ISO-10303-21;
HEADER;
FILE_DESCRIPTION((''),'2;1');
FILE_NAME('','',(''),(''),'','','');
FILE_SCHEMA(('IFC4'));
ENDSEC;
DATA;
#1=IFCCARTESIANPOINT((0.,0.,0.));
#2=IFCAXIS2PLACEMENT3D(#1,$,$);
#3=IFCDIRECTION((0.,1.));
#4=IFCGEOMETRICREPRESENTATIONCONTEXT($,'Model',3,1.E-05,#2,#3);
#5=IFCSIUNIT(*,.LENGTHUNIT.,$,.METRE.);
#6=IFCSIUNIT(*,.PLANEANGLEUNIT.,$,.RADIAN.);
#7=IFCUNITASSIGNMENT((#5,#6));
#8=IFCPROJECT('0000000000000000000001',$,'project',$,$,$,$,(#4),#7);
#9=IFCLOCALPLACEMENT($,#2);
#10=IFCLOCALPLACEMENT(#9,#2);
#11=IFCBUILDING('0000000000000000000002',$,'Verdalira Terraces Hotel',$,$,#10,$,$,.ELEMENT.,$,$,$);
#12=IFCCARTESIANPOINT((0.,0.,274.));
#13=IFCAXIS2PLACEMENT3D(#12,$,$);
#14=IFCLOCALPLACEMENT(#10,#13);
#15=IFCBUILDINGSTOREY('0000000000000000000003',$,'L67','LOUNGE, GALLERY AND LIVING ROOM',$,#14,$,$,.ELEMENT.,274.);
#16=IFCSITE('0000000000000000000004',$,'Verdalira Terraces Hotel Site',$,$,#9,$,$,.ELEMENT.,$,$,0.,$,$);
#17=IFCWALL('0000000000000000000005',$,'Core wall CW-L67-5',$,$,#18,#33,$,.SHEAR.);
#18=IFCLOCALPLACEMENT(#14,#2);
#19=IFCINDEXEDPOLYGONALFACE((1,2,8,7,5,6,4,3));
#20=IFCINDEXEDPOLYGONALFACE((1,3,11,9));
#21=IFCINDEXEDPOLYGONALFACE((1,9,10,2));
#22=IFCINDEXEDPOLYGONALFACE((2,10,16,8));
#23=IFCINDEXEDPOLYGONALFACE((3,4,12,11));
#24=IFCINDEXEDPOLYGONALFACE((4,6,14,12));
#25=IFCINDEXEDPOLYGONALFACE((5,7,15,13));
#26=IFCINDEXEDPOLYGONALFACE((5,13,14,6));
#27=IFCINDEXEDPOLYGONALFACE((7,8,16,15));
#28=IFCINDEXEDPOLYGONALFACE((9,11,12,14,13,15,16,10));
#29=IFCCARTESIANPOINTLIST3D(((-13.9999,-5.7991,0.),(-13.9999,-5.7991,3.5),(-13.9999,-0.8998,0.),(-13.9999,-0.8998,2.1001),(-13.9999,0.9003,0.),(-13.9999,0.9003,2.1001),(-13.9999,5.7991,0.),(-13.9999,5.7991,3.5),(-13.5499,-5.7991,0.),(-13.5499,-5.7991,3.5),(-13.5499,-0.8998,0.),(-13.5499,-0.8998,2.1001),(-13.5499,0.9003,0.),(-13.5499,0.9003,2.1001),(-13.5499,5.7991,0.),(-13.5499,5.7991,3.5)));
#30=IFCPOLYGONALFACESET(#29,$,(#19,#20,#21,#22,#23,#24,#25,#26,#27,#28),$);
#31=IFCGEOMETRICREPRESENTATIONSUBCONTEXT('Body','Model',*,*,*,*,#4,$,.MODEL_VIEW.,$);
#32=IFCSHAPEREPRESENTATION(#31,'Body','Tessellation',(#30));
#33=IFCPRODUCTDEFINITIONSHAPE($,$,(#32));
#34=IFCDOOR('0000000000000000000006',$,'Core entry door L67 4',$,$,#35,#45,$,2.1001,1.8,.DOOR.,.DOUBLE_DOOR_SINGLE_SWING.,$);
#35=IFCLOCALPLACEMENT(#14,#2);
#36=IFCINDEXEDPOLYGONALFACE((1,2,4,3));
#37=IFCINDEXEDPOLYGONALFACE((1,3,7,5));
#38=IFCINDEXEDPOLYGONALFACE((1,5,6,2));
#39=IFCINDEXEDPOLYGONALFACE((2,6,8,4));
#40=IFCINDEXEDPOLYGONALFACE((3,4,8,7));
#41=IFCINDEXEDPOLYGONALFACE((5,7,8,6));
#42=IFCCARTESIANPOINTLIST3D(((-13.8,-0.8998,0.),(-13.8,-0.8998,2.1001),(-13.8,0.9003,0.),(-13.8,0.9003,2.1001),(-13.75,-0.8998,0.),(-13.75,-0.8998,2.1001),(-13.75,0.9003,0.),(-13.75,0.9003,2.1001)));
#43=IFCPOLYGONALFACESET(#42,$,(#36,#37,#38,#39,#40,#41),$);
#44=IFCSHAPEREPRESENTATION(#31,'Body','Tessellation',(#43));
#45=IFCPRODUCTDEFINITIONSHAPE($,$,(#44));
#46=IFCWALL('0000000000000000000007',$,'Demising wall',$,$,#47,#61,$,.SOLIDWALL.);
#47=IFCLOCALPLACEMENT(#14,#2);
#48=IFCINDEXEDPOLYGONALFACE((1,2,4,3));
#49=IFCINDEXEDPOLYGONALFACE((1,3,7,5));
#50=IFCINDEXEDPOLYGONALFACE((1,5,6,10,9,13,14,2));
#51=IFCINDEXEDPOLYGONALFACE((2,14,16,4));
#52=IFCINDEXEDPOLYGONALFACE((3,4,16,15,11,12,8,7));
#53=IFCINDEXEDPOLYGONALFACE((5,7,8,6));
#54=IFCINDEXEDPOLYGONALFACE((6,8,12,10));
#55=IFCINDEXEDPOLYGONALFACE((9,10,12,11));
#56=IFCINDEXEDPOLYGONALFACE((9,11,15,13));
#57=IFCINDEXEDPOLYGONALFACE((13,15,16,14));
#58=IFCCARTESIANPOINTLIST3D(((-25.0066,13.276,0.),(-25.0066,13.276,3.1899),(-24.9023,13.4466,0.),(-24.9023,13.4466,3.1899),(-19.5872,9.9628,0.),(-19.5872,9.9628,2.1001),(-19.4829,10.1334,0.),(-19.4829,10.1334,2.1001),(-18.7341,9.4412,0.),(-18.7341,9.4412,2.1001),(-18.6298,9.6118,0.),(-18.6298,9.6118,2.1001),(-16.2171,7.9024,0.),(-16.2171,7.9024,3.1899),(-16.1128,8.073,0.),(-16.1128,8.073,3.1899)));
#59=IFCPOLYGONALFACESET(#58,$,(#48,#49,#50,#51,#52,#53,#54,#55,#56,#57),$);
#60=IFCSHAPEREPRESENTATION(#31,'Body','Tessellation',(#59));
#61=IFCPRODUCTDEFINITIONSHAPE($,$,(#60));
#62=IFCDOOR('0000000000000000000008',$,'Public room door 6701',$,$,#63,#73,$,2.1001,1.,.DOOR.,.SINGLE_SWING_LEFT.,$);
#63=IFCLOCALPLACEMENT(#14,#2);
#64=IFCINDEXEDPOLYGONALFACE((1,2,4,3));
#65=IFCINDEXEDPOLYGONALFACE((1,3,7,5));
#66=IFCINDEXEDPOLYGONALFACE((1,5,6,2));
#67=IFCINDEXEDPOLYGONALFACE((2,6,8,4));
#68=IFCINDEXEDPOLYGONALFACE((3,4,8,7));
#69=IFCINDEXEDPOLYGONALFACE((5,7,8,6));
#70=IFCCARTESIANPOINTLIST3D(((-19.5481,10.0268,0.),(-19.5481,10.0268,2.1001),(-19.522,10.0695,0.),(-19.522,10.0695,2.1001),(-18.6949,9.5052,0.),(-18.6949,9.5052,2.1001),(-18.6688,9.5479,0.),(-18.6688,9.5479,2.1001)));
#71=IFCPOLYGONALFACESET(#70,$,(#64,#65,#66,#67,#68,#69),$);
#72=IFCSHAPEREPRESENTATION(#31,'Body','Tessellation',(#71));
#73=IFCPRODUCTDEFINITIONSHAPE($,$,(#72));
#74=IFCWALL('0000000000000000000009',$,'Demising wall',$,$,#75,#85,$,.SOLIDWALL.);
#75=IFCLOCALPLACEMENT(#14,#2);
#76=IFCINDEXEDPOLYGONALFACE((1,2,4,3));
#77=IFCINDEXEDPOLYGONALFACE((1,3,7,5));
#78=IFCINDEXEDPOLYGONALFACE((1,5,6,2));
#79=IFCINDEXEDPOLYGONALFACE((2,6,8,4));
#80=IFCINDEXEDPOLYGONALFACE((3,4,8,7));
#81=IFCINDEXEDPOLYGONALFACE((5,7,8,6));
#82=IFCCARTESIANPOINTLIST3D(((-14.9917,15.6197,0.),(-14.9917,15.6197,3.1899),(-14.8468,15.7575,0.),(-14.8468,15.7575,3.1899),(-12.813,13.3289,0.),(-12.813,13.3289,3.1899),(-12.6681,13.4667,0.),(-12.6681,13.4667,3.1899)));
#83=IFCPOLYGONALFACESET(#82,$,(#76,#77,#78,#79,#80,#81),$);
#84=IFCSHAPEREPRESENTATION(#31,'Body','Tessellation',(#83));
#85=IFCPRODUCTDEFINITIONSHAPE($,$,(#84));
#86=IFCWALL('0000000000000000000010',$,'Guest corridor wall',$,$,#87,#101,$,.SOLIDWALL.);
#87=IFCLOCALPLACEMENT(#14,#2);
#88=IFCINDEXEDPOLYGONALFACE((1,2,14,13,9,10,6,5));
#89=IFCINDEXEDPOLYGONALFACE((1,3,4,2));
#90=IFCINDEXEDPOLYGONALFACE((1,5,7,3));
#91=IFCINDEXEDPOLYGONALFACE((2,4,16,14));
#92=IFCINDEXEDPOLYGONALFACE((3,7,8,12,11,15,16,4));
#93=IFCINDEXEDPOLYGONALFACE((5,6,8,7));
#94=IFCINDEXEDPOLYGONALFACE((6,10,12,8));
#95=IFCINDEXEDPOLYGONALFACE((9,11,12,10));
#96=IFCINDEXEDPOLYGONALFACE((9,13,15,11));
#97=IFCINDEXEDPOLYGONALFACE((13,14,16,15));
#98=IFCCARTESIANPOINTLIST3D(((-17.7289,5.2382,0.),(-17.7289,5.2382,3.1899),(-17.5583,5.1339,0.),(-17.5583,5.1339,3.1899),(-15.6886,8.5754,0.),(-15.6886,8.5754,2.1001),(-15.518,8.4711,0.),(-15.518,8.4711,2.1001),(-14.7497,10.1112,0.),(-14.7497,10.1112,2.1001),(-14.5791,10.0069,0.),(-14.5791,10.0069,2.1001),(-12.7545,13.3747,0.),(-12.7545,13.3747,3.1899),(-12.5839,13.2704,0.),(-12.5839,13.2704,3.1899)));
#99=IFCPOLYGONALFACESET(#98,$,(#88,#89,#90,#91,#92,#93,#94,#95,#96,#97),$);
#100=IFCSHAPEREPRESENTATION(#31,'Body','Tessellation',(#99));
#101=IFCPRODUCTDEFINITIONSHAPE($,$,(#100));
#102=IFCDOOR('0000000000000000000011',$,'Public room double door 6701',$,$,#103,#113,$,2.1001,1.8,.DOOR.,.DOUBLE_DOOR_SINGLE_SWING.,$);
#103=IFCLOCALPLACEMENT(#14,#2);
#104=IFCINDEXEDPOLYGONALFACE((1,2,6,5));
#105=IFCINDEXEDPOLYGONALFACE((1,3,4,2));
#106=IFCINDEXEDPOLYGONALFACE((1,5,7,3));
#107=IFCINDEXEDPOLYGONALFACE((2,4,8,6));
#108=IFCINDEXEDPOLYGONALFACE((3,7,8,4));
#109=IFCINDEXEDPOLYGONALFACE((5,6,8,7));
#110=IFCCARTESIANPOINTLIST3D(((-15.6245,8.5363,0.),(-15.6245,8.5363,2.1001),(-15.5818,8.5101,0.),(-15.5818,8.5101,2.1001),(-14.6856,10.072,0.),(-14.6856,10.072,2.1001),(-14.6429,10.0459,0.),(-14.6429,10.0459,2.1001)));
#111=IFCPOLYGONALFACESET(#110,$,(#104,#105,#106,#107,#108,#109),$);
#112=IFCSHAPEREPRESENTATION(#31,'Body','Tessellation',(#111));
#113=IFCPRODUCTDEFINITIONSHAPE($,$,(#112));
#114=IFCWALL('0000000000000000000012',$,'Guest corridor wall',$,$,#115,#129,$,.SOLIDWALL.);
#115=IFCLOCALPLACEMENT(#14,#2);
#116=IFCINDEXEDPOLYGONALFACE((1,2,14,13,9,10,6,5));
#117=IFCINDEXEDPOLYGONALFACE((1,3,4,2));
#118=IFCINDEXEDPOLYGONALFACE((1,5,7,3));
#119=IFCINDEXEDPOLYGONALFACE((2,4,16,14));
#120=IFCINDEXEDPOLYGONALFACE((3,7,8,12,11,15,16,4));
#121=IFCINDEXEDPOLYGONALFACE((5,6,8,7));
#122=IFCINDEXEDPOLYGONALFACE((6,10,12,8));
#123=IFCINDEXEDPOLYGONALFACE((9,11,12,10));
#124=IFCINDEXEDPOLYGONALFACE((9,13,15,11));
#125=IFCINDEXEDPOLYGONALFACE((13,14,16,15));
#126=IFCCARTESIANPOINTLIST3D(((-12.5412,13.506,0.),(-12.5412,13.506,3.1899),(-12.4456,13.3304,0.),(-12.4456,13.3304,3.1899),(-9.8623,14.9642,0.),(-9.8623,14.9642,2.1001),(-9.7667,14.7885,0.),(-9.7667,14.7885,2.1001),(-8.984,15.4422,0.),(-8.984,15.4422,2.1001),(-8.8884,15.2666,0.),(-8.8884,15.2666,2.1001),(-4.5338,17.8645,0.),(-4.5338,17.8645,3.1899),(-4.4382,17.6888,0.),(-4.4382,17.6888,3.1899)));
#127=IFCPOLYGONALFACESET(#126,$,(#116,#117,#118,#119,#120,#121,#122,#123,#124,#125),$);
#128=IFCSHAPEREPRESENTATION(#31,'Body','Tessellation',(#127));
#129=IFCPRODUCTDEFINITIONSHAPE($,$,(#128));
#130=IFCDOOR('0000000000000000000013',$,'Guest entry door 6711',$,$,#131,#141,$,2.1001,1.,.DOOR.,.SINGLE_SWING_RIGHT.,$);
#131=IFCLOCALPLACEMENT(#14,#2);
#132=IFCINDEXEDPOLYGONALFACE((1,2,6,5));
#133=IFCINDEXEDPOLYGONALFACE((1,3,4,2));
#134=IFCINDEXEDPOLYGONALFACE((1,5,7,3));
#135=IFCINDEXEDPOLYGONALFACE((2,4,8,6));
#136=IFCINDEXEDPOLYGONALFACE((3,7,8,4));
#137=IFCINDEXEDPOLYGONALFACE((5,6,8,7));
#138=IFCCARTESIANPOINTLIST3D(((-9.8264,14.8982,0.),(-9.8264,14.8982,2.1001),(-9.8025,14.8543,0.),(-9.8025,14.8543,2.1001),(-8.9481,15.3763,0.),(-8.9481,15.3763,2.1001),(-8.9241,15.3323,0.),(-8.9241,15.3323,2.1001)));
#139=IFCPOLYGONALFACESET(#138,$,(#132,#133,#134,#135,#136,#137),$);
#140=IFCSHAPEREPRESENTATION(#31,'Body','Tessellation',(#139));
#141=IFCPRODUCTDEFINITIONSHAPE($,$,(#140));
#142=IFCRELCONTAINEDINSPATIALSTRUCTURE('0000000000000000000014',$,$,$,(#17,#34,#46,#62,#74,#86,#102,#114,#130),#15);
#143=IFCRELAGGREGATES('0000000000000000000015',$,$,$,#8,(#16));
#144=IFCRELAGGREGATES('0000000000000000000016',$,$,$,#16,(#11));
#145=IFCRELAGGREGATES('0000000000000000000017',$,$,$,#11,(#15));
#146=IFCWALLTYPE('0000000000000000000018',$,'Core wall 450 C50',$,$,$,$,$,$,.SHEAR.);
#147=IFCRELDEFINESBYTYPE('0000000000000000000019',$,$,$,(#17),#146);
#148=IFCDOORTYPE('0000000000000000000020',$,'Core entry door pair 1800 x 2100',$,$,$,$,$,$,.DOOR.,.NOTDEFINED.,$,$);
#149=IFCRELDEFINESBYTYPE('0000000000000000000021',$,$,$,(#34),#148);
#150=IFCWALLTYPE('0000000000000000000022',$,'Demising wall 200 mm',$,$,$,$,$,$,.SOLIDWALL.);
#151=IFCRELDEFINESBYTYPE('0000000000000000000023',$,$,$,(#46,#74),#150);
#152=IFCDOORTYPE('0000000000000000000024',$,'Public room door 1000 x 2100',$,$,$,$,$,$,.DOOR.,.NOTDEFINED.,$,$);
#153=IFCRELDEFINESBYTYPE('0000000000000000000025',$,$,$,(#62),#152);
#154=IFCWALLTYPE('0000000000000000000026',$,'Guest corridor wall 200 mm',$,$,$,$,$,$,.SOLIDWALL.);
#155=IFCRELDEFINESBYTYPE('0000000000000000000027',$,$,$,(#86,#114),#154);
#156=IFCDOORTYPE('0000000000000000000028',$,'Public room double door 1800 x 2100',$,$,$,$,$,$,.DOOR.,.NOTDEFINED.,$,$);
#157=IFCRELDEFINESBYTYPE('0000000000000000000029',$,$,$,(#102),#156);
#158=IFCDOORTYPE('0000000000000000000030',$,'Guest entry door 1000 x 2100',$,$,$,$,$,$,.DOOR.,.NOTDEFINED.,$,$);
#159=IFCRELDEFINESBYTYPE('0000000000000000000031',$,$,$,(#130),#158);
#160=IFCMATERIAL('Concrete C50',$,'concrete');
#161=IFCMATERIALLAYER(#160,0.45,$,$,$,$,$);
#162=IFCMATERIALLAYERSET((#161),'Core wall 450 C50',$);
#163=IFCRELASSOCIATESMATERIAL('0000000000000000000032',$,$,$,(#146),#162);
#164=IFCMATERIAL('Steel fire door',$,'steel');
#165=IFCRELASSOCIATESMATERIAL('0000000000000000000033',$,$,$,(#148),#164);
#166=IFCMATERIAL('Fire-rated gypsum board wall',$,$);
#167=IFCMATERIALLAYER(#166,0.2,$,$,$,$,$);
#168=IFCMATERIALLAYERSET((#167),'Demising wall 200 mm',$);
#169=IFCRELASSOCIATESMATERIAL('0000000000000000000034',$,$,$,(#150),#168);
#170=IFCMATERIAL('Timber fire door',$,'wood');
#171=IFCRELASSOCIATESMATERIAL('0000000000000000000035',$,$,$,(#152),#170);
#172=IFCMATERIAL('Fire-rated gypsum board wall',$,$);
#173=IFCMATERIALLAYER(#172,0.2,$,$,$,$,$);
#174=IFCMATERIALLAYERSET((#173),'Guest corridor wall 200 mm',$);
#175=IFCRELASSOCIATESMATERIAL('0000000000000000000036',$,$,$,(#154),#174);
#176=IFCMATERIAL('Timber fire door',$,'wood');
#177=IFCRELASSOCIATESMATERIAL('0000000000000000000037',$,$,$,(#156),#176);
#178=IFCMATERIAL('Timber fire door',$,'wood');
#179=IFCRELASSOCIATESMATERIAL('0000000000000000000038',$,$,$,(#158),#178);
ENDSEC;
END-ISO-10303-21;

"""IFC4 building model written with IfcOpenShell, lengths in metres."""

from ifc_helpers import new_model, si_unit, direction, frame, frame_2d, origin, place, context, subcontext, project, spatial, rectangle, extrude, material, layer, layer_set, type_object, element, fill, save


model = new_model("IFC4")

# Units and contexts
model_context = context("Model", 3, precision=1e-05, world=origin(), true_north=direction((0.0, 1.0)))
body_context = subcontext(model_context, "Body", "Model", "MODEL_VIEW")
ifc_project = project(units=[si_unit("LENGTHUNIT", "METRE"), si_unit("PLANEANGLEUNIT", "RADIAN")], contexts=[model_context])

# Site, building, storey
site_placement = place(None, origin())
site = spatial("IfcSite", under=ifc_project, at=site_placement, Name="Verdalira Terraces Hotel Site", CompositionType="ELEMENT", RefElevation=0.0)
building_placement = place(site_placement, origin())
building = spatial("IfcBuilding", under=site, at=building_placement, Name="Verdalira Terraces Hotel", CompositionType="ELEMENT")
storey_placement = place(building_placement, frame((0.0, 0.0, 274.0)))
storey = spatial("IfcBuildingStorey", under=building, at=storey_placement, Name="L67", Description="LOUNGE, GALLERY AND LIVING ROOM", CompositionType="ELEMENT", Elevation=274.0)

# Walls, openings, doors
ifc_material_1 = material(Name="Concrete C50", Category="concrete")
ifc_layer_1 = layer(ifc_material_1, 0.45)
ifc_layer_set_1 = layer_set([ifc_layer_1], Name="Core wall 450 C50")
wall_type_1 = type_object("IfcWallType", Name="Core wall 450 C50", PredefinedType="SHEAR", material=ifc_layer_set_1)
wall_1_placement = place(storey_placement, frame((-13.7749, 5.7991, 0.0), z_axis=(0.0, 0.0, 1.0), x_axis=(0.0, -1.0, 0.0)))
wall_1 = element("IfcWall", 1, at=wall_1_placement, inside=storey, type_object=wall_type_1, Name="Core wall CW-L67-5", PredefinedType="SHEAR", context=body_context, shape_type="SweptSolid", body=[
    extrude(rectangle(XDim=11.5981, YDim=0.45, at=frame_2d((5.7991, 0.0))), origin(), (0.0, 0.0, 1.0), 3.5),
])
opening_1_placement = place(wall_1_placement, frame((4.8989, 0.0, 0.0)))
opening_1 = element("IfcOpeningElement", 2, at=opening_1_placement, cuts=wall_1, PredefinedType="OPENING", context=body_context, shape_type="SweptSolid", body=[
    extrude(rectangle(XDim=1.8, YDim=2.1001, at=frame_2d((0.8999, 1.05))), frame((0.0, 0.2349, 0.0), z_axis=(0.0, -1.0, 0.0), x_axis=(1.0, 0.0, 0.0)), (0.0, 0.0, 1.0), 0.47),
])
ifc_material_2 = material(Name="Steel fire door", Category="steel")
door_type_1 = type_object("IfcDoorType", Name="Core entry door pair 1800 x 2100", OperationType="NOTDEFINED", PredefinedType="DOOR", material=ifc_material_2)
door_1_placement = place(opening_1_placement, origin())
door_1 = element("IfcDoor", 3, at=door_1_placement, inside=storey, type_object=door_type_1, Name="Core entry door L67 4", OperationType="DOUBLE_DOOR_SINGLE_SWING", OverallHeight=2.1001, OverallWidth=1.8, PredefinedType="DOOR", context=body_context, shape_type="SweptSolid", body=[
    extrude(rectangle(XDim=1.8, YDim=2.1001, at=frame_2d((0.8999, 1.05))), frame((0.0, 0.0249, 0.0), z_axis=(0.0, -1.0, 0.0), x_axis=(1.0, 0.0, 0.0)), (0.0, 0.0, 1.0), 0.05),
])
fill(opening_1, door_1)
ifc_material_3 = material(Name="Fire-rated gypsum board wall")
ifc_layer_2 = layer(ifc_material_3, 0.2)
ifc_layer_set_2 = layer_set([ifc_layer_2], Name="Demising wall 200 mm")
wall_type_2 = type_object("IfcWallType", Name="Demising wall 200 mm", PredefinedType="SOLIDWALL", material=ifc_layer_set_2)
wall_2_placement = place(storey_placement, frame((-16.165, 7.9878, 0.0), z_axis=(0.0, 0.0, 1.0), x_axis=(-0.853189, 0.521601, 0.0)))
wall_2 = element("IfcWall", 4, at=wall_2_placement, inside=storey, type_object=wall_type_2, Name="Demising wall", PredefinedType="SOLIDWALL", context=body_context, shape_type="SweptSolid", body=[
    extrude(rectangle(XDim=10.302, YDim=0.2, at=frame_2d((5.1509, 0.0))), origin(), (0.0, 0.0, 1.0), 3.1899),
])
opening_2_placement = place(wall_2_placement, frame((2.95, 0.0, 0.0)))
opening_2 = element("IfcOpeningElement", 5, at=opening_2_placement, cuts=wall_2, PredefinedType="OPENING", context=body_context, shape_type="SweptSolid", body=[
    extrude(rectangle(XDim=1.0, YDim=2.1001, at=frame_2d((0.5, 1.05))), frame((0.0, 0.1099, 0.0), z_axis=(0.0, -1.0, 0.0), x_axis=(1.0, 0.0, 0.0)), (0.0, 0.0, 1.0), 0.22),
])
ifc_material_4 = material(Name="Timber fire door", Category="wood")
door_type_2 = type_object("IfcDoorType", Name="Public room door 1000 x 2100", OperationType="NOTDEFINED", PredefinedType="DOOR", material=ifc_material_4)
door_2_placement = place(opening_2_placement, origin())
door_2 = element("IfcDoor", 6, at=door_2_placement, inside=storey, type_object=door_type_2, Name="Public room door 6701", OperationType="SINGLE_SWING_LEFT", OverallHeight=2.1001, OverallWidth=1.0, PredefinedType="DOOR", context=body_context, shape_type="SweptSolid", body=[
    extrude(rectangle(XDim=1.0, YDim=2.1001, at=frame_2d((0.5, 1.05))), frame((0.0, 0.0249, 0.0), z_axis=(0.0, -1.0, 0.0), x_axis=(1.0, 0.0, 0.0)), (0.0, 0.0, 1.0), 0.05),
])
fill(opening_2, door_2)

# Wall
wall_3_placement = place(storey_placement, frame((-14.9192, 15.6885, 0.0), z_axis=(0.0, 0.0, 1.0), x_axis=(0.689161, -0.724608, 0.0)))
element("IfcWall", 7, at=wall_3_placement, inside=storey, type_object=wall_type_2, Name="Demising wall", PredefinedType="SOLIDWALL", context=body_context, shape_type="SweptSolid", body=[
    extrude(rectangle(XDim=3.1614, YDim=0.2, at=frame_2d((1.5806, 0.0))), origin(), (0.0, 0.0, 1.0), 3.1899),
])

# Walls, openings, doors
ifc_material_5 = material(Name="Fire-rated gypsum board wall")
ifc_layer_3 = layer(ifc_material_5, 0.2)
ifc_layer_set_3 = layer_set([ifc_layer_3], Name="Guest corridor wall 200 mm")
wall_type_3 = type_object("IfcWallType", Name="Guest corridor wall 200 mm", PredefinedType="SOLIDWALL", material=ifc_layer_set_3)
wall_4_placement = place(storey_placement, frame((-17.6436, 5.186, 0.0), z_axis=(0.0, 0.0, 1.0), x_axis=(0.521608, 0.853185, 0.0)))
wall_4 = element("IfcWall", 8, at=wall_4_placement, inside=storey, type_object=wall_type_3, Name="Guest corridor wall", PredefinedType="SOLIDWALL", context=body_context, shape_type="SweptSolid", body=[
    extrude(rectangle(XDim=9.5366, YDim=0.2, at=frame_2d((4.7683, 0.0))), origin(), (0.0, 0.0, 1.0), 3.1899),
])
opening_3_placement = place(wall_4_placement, frame((3.9116, 0.0, 0.0)))
opening_3 = element("IfcOpeningElement", 9, at=opening_3_placement, cuts=wall_4, PredefinedType="OPENING", context=body_context, shape_type="SweptSolid", body=[
    extrude(rectangle(XDim=1.8, YDim=2.1001, at=frame_2d((0.8999, 1.05))), frame((0.0, 0.1099, 0.0), z_axis=(0.0, -1.0, 0.0), x_axis=(1.0, 0.0, 0.0)), (0.0, 0.0, 1.0), 0.22),
])
ifc_material_6 = material(Name="Timber fire door", Category="wood")
door_type_3 = type_object("IfcDoorType", Name="Public room double door 1800 x 2100", OperationType="NOTDEFINED", PredefinedType="DOOR", material=ifc_material_6)
door_3_placement = place(opening_3_placement, origin())
door_3 = element("IfcDoor", 10, at=door_3_placement, inside=storey, type_object=door_type_3, Name="Public room double door 6701", OperationType="DOUBLE_DOOR_SINGLE_SWING", OverallHeight=2.1001, OverallWidth=1.8, PredefinedType="DOOR", context=body_context, shape_type="SweptSolid", body=[
    extrude(rectangle(XDim=1.8, YDim=2.1001, at=frame_2d((0.8999, 1.05))), frame((0.0, 0.0249, 0.0), z_axis=(0.0, -1.0, 0.0), x_axis=(1.0, 0.0, 0.0)), (0.0, 0.0, 1.0), 0.05),
])
fill(opening_3, door_3)
wall_5_placement = place(storey_placement, frame((-12.4934, 13.4182, 0.0), z_axis=(0.0, 0.0, 1.0), x_axis=(0.878321, 0.478071, 0.0)))
wall_5 = element("IfcWall", 11, at=wall_5_placement, inside=storey, type_object=wall_type_3, Name="Guest corridor wall", PredefinedType="SOLIDWALL", context=body_context, shape_type="SweptSolid", body=[
    extrude(rectangle(XDim=9.1167, YDim=0.2, at=frame_2d((4.5583, 0.0))), origin(), (0.0, 0.0, 1.0), 3.1899),
])
opening_4_placement = place(wall_5_placement, frame((3.05, 0.0, 0.0)))
opening_4 = element("IfcOpeningElement", 12, at=opening_4_placement, cuts=wall_5, PredefinedType="OPENING", context=body_context, shape_type="SweptSolid", body=[
    extrude(rectangle(XDim=1.0, YDim=2.1001, at=frame_2d((0.5, 1.05))), frame((0.0, 0.1099, 0.0), z_axis=(0.0, -1.0, 0.0), x_axis=(1.0, 0.0, 0.0)), (0.0, 0.0, 1.0), 0.22),
])
ifc_material_7 = material(Name="Timber fire door", Category="wood")
door_type_4 = type_object("IfcDoorType", Name="Guest entry door 1000 x 2100", OperationType="NOTDEFINED", PredefinedType="DOOR", material=ifc_material_7)
door_4_placement = place(opening_4_placement, origin())
door_4 = element("IfcDoor", 13, at=door_4_placement, inside=storey, type_object=door_type_4, Name="Guest entry door 6711", OperationType="SINGLE_SWING_RIGHT", OverallHeight=2.1001, OverallWidth=1.0, PredefinedType="DOOR", context=body_context, shape_type="SweptSolid", body=[
    extrude(rectangle(XDim=1.0, YDim=2.1001, at=frame_2d((0.5, 1.05))), frame((0.0, 0.0249, 0.0), z_axis=(0.0, -1.0, 0.0), x_axis=(1.0, 0.0, 0.0)), (0.0, 0.0, 1.0), 0.05),
])
fill(opening_4, door_4)

save(model, "model.ifc")
